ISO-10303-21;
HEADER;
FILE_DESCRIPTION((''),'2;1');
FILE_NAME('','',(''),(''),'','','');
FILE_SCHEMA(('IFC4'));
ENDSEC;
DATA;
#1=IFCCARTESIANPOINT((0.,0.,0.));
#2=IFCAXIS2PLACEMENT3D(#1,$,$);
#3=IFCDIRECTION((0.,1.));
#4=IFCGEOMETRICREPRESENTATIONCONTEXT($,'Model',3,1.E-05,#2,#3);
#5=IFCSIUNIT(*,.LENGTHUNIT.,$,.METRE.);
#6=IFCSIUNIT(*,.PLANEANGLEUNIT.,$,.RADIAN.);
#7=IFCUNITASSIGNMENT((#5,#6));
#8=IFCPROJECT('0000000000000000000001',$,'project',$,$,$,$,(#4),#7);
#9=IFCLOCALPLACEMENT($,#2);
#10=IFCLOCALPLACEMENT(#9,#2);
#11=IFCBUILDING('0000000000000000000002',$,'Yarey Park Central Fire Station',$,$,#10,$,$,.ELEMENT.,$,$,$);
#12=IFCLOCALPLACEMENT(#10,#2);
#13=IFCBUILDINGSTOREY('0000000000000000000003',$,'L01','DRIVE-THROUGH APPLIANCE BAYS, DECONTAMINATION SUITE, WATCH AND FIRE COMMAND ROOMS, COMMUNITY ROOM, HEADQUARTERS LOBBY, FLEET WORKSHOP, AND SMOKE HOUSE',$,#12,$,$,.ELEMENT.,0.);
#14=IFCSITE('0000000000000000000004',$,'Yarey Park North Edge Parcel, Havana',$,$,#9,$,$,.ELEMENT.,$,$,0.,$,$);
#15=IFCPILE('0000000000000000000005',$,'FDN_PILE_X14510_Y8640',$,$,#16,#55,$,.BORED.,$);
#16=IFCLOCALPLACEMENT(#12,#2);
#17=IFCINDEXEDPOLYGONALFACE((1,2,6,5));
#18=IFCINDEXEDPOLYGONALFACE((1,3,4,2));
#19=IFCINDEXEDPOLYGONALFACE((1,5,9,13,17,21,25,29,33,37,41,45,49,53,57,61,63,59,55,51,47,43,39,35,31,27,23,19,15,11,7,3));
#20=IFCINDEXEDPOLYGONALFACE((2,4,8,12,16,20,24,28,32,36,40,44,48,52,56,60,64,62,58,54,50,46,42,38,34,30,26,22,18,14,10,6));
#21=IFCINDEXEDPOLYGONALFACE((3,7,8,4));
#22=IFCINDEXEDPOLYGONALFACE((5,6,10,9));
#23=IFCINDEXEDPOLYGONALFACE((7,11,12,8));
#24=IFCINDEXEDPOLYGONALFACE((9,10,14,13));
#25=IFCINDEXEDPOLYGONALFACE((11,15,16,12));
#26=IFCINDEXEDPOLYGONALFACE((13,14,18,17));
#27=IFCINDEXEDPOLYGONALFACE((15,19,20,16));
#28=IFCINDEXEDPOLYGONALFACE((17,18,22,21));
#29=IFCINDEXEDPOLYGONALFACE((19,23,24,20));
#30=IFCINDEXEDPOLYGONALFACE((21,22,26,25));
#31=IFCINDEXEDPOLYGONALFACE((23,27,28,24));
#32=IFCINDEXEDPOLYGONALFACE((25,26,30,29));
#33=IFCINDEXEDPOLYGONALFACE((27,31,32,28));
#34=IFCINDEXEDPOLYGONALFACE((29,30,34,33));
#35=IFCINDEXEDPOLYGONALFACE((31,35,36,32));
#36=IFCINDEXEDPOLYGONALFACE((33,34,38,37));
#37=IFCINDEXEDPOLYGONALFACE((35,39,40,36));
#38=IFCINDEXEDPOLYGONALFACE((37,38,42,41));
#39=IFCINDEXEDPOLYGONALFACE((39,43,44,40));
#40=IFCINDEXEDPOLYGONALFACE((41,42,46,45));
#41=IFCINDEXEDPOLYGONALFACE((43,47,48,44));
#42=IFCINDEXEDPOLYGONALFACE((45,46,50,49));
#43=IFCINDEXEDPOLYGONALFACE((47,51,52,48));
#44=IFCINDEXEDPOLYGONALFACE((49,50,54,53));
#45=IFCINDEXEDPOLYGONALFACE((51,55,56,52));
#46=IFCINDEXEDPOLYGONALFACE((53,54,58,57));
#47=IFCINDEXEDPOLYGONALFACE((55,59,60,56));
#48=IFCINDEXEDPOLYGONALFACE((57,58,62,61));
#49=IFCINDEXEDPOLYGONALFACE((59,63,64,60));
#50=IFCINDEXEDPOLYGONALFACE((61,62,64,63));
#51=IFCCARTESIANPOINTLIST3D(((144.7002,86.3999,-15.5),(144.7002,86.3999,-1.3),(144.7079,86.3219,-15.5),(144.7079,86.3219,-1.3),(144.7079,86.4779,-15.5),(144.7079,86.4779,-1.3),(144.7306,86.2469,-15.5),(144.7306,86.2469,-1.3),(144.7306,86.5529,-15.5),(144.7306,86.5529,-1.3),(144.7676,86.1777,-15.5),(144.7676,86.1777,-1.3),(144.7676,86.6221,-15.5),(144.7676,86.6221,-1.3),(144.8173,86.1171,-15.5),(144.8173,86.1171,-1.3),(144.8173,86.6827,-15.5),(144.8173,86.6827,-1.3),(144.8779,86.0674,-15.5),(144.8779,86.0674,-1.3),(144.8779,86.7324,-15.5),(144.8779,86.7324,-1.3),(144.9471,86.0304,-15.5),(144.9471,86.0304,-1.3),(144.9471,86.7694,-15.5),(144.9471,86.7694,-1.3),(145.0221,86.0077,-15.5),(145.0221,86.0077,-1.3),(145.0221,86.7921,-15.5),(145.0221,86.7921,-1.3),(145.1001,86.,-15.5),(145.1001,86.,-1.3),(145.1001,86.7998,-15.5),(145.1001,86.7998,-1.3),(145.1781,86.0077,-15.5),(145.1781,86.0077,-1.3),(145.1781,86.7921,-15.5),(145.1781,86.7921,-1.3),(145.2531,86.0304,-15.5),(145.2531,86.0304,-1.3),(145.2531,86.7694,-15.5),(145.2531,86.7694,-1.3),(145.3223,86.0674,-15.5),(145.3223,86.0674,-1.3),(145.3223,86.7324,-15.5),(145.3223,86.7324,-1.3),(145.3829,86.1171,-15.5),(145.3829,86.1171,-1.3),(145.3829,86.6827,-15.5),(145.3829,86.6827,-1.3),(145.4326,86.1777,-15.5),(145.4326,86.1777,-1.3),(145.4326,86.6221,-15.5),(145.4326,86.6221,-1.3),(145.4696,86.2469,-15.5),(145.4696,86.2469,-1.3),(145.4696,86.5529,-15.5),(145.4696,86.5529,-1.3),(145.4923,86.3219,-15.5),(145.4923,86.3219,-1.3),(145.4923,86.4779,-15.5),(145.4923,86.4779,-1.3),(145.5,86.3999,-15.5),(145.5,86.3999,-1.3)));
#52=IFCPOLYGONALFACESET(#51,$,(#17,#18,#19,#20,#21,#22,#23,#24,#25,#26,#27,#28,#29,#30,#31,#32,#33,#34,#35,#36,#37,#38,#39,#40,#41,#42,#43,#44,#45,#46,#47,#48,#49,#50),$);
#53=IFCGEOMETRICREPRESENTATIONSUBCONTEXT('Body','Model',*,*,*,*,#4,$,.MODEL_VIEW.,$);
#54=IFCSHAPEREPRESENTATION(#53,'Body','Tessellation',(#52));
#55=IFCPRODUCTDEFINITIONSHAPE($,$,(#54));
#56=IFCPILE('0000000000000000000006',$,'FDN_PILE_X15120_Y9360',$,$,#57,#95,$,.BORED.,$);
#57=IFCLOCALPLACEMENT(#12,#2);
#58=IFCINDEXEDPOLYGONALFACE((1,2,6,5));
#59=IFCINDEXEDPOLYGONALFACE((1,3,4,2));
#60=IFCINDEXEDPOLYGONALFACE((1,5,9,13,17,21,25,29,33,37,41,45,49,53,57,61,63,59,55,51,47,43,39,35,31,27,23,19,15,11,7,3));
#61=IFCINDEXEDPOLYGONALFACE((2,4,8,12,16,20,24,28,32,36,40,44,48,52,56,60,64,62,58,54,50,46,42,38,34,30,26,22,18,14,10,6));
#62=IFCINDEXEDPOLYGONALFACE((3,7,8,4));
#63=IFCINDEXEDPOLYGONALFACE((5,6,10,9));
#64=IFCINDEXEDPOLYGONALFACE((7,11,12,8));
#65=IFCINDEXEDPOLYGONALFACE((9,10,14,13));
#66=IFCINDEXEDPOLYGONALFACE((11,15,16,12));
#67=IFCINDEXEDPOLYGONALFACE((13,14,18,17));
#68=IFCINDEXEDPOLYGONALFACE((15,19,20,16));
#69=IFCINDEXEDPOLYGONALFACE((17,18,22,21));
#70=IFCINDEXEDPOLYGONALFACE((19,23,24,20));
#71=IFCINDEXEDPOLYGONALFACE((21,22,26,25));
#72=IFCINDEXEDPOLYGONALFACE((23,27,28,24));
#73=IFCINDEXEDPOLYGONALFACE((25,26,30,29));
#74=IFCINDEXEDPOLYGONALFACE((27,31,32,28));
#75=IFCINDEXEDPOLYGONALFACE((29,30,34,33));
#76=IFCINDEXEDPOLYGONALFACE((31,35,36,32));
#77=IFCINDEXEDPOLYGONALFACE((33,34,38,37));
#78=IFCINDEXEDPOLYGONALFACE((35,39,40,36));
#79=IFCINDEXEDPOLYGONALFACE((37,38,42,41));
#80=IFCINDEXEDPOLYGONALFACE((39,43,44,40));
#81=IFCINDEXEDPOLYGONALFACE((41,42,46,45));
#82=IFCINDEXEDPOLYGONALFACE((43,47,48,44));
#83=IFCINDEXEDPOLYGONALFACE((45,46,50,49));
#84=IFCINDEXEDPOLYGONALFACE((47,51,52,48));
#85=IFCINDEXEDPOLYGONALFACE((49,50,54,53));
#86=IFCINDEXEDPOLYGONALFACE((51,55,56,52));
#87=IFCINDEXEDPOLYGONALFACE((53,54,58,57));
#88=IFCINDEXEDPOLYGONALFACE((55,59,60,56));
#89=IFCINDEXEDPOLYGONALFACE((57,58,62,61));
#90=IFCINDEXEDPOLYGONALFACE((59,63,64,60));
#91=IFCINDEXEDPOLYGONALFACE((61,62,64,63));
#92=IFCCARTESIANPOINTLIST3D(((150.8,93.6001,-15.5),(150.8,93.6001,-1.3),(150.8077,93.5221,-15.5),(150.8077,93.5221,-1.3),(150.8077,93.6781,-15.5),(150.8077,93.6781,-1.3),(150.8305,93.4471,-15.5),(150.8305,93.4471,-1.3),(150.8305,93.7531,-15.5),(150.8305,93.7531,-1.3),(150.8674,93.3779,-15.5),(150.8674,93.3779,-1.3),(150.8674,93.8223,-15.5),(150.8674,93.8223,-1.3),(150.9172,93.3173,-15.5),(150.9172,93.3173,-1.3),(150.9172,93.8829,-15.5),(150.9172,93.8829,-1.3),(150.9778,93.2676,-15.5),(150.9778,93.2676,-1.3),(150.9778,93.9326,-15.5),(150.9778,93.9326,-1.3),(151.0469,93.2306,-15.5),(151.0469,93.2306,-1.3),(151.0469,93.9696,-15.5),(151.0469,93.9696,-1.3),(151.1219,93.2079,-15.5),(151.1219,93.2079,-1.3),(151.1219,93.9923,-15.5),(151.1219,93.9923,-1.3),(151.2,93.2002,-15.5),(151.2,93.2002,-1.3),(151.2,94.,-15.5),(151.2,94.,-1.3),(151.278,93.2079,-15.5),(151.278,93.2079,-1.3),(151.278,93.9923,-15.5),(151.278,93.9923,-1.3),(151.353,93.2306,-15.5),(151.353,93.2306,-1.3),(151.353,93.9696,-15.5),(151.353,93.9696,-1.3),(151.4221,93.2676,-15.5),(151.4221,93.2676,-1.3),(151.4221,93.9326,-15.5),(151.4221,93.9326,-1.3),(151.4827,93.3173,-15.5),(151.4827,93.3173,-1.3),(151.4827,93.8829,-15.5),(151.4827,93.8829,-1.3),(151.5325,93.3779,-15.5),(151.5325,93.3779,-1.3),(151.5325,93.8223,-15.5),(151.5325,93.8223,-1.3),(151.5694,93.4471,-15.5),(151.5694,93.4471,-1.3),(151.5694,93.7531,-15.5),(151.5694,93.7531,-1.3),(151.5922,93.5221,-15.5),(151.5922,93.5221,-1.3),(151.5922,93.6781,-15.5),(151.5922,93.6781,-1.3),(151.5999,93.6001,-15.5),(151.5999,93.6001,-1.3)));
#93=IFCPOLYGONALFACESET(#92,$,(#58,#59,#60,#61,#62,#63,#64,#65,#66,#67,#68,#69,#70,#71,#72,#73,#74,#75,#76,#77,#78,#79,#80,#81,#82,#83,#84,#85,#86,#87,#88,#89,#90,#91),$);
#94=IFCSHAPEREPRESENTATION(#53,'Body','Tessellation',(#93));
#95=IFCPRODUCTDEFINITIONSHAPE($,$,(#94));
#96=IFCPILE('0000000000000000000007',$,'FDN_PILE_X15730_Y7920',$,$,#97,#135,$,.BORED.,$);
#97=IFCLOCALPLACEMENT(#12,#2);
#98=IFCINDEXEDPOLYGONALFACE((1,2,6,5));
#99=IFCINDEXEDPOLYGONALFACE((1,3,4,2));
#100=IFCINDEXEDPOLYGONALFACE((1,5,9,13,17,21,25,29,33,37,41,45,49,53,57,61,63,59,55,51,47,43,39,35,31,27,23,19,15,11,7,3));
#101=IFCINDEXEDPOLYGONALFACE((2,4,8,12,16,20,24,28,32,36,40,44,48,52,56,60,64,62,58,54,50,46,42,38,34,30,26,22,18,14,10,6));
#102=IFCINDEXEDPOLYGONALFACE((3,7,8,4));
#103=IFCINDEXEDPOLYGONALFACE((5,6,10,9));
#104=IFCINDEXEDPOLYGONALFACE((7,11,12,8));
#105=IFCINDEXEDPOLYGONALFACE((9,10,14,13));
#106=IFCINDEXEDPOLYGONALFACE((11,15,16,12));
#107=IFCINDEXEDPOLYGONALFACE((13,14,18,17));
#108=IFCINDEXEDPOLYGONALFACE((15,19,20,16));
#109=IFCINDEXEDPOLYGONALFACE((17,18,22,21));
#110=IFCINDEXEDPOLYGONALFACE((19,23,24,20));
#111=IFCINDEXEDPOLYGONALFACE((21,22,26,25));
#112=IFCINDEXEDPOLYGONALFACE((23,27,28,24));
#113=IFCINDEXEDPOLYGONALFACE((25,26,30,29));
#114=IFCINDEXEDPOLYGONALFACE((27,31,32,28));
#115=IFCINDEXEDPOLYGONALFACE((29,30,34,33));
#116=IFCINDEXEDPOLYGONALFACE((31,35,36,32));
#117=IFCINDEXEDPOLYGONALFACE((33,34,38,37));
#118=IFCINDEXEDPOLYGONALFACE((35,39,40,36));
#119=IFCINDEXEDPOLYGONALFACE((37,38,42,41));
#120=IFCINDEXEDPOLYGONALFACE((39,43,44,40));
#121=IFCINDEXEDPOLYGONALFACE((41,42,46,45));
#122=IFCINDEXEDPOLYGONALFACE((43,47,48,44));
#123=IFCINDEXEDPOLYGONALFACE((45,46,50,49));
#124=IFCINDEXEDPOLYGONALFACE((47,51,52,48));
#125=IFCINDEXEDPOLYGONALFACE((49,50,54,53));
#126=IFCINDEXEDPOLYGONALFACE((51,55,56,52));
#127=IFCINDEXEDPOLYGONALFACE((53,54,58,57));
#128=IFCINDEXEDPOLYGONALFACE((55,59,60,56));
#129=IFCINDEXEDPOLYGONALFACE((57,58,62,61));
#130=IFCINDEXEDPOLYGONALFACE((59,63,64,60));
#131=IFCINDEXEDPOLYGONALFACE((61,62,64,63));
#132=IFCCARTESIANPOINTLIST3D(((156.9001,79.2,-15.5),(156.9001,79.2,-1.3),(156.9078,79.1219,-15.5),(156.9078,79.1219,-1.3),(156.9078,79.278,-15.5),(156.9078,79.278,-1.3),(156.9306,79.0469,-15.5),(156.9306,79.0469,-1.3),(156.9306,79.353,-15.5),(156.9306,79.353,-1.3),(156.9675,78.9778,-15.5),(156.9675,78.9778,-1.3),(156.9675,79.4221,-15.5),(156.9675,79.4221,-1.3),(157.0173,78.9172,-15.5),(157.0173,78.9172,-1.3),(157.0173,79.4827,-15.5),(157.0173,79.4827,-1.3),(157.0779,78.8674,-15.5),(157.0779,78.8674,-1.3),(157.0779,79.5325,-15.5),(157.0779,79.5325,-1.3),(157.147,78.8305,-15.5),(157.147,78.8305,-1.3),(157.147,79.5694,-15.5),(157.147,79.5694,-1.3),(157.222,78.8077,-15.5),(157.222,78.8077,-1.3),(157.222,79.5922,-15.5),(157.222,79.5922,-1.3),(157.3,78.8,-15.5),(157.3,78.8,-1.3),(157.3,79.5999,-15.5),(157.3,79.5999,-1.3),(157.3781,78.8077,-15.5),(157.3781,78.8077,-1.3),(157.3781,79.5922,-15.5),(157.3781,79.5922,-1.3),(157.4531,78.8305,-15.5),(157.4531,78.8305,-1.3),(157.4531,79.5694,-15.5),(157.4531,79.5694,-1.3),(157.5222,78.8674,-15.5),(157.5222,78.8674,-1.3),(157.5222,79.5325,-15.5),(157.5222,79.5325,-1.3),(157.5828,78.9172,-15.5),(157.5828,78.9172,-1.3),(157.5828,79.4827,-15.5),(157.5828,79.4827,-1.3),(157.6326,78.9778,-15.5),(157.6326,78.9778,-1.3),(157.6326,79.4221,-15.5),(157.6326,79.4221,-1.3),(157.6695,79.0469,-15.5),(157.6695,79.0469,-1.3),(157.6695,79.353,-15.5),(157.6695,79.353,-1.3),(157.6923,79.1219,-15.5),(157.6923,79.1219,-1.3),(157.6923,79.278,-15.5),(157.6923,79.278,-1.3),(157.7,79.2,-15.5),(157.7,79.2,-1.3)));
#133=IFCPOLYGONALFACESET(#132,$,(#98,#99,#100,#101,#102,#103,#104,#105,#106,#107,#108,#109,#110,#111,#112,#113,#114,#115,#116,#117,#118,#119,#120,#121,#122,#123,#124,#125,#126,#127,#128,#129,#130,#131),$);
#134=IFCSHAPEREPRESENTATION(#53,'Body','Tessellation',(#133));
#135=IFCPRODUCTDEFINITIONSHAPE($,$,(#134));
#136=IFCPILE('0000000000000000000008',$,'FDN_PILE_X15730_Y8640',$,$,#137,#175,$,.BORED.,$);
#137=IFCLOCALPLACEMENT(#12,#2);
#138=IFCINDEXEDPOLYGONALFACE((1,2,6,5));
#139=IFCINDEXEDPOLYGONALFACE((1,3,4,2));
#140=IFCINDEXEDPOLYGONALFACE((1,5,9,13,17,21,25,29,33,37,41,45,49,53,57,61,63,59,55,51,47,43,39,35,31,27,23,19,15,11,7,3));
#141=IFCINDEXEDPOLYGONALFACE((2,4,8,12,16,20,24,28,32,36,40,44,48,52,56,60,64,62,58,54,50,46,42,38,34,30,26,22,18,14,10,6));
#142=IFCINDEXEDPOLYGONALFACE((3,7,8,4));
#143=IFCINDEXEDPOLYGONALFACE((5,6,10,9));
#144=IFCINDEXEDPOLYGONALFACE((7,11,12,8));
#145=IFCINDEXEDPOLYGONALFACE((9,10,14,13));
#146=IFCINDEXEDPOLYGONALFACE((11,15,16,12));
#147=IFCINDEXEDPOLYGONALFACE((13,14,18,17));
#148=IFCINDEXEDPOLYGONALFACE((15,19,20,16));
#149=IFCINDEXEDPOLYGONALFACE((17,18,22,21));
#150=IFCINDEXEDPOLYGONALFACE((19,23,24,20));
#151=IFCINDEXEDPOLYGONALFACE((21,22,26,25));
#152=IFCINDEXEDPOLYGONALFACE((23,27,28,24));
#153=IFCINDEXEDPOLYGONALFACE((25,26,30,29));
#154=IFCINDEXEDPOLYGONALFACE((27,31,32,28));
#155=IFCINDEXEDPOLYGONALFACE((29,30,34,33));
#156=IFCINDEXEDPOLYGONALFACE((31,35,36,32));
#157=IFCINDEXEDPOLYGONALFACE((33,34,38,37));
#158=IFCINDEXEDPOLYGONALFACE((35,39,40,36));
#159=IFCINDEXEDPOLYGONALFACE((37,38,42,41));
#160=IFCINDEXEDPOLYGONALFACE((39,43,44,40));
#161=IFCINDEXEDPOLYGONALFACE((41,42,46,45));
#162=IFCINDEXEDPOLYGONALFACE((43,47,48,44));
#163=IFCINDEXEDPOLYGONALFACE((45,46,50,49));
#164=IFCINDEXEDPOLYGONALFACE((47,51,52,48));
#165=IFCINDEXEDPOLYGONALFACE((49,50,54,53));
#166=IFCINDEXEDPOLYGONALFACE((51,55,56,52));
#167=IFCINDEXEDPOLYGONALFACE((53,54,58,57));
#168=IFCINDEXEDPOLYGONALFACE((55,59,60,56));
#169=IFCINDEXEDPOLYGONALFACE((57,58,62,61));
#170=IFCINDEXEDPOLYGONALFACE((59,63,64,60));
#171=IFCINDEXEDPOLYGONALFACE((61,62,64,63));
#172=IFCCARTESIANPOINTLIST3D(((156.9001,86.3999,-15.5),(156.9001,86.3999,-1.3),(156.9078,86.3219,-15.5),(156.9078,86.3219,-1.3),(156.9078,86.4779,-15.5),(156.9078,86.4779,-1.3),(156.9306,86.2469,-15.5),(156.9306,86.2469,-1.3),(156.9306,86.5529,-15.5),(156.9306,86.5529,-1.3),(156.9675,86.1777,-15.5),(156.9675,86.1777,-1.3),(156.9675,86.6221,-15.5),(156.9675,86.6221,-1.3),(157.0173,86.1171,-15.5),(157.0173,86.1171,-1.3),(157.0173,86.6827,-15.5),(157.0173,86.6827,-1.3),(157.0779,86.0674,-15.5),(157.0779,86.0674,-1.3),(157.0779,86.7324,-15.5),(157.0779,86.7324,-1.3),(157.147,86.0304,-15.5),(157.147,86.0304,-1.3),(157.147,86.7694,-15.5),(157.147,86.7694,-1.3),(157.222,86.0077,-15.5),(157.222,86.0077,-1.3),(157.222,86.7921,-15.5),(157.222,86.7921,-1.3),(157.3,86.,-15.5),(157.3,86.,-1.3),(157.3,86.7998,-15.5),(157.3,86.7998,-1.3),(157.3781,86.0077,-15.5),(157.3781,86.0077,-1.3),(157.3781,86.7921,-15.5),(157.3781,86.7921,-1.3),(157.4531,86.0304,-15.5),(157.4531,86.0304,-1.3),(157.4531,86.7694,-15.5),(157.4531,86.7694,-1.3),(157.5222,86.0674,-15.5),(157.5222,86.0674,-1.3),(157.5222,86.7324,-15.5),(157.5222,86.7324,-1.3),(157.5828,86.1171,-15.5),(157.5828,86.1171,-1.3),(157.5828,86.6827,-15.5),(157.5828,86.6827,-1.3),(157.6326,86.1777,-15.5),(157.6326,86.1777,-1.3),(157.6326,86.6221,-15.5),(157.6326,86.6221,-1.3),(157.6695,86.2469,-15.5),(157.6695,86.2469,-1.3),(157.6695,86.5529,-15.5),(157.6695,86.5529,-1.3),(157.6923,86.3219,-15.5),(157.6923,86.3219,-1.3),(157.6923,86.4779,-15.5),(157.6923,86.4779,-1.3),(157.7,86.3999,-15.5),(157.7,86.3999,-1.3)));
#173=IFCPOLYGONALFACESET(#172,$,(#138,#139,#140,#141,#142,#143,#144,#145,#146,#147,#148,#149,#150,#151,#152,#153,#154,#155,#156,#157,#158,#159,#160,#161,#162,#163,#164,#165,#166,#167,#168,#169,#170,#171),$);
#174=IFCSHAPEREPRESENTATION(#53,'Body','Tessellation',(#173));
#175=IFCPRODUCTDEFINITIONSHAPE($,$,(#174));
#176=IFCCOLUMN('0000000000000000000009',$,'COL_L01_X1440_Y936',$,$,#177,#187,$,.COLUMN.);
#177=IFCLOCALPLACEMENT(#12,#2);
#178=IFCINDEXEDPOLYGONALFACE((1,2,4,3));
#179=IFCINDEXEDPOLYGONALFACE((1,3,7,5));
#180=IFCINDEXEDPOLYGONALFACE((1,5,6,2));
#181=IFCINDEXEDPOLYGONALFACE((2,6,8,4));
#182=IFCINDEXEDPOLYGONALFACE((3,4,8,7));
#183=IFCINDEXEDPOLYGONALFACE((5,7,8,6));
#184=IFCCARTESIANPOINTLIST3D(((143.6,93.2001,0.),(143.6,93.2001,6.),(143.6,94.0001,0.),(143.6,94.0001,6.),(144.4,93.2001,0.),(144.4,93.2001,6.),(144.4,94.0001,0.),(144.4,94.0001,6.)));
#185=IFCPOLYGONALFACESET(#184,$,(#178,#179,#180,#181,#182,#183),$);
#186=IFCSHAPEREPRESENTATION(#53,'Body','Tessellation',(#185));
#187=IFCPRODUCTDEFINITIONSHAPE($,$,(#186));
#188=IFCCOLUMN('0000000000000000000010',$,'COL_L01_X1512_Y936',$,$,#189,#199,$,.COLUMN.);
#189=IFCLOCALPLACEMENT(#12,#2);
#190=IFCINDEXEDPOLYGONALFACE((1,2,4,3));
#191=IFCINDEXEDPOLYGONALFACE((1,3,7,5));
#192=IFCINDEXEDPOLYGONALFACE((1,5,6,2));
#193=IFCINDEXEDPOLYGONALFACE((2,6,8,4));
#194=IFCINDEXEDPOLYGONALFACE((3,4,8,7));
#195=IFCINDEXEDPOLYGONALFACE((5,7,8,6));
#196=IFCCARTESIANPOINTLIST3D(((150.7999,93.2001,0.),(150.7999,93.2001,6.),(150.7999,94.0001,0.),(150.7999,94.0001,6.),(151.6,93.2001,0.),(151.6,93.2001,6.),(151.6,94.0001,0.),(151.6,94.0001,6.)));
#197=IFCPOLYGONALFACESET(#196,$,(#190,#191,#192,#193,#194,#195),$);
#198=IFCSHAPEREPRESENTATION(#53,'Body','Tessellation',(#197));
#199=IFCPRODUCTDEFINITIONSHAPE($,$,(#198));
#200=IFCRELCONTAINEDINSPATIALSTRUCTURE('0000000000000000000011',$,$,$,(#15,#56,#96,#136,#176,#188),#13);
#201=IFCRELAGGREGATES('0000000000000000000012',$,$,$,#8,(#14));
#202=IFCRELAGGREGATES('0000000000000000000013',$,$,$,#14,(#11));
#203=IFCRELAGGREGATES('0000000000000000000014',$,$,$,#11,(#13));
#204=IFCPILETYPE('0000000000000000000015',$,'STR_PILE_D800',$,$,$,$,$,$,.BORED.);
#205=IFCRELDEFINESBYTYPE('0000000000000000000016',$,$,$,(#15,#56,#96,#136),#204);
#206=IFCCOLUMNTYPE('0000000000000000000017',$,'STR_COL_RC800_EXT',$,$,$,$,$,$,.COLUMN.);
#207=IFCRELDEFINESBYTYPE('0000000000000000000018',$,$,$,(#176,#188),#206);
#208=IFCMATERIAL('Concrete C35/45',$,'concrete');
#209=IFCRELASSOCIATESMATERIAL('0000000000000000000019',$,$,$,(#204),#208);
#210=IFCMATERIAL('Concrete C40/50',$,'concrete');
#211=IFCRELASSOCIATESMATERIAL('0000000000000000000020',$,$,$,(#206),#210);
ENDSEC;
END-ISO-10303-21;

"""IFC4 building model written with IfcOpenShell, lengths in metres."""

from ifc_helpers import new_model, si_unit, direction, frame, origin, origin_2d, place, context, subcontext, project, spatial, rectangle, circle, extrude, material, material_profile, profile_set, type_object, element, save


model = new_model("IFC4")

# Units and contexts
model_context = context("Model", 3, precision=1e-05, world=origin(), true_north=direction((0.0, 1.0)))
body_context = subcontext(model_context, "Body", "Model", "MODEL_VIEW")
ifc_project = project(units=[si_unit("LENGTHUNIT", "METRE"), si_unit("PLANEANGLEUNIT", "RADIAN")], contexts=[model_context])

# Site, building, storey
site_placement = place(None, origin())
site = spatial("IfcSite", under=ifc_project, at=site_placement, Name="Yarey Park North Edge Parcel, Havana", CompositionType="ELEMENT", RefElevation=0.0)
building_placement = place(site_placement, origin())
building = spatial("IfcBuilding", under=site, at=building_placement, Name="Yarey Park Central Fire Station", CompositionType="ELEMENT")
storey_placement = place(building_placement, origin())
storey = spatial("IfcBuildingStorey", under=building, at=storey_placement, Name="L01", Description="DRIVE-THROUGH APPLIANCE BAYS, DECONTAMINATION SUITE, WATCH AND FIRE COMMAND ROOMS, COMMUNITY ROOM, HEADQUARTERS LOBBY, FLEET WORKSHOP, AND SMOKE HOUSE", CompositionType="ELEMENT", Elevation=0.0)

# Shared definitions
ifc_material_1 = material(Name="Concrete C35/45", Category="concrete")

# Piles
ifc_material_profile_1 = material_profile(ifc_material_1, circle(Radius=0.3999, at=origin_2d()), Name="BORED PILE D800")
ifc_profile_set_1 = profile_set([ifc_material_profile_1], Name="Concrete C35/45")
pile_type_1 = type_object("IfcPileType", Name="STR_PILE_D800", PredefinedType="BORED", material=ifc_profile_set_1)
for number, where, z_axis, x_axis, name in (
    (1, (145.1001, 86.3999, -1.3), (0.0, 0.0, -1.0), (1.0, 0.0, 0.0), "FDN_PILE_X14510_Y8640"),
    (2, (151.2, 93.6001, -1.3), (0.0, 0.0, -1.0), (1.0, 0.0, 0.0), "FDN_PILE_X15120_Y9360"),
    (3, (157.3, 79.2, -1.3), (0.0, 0.0, -1.0), (1.0, 0.0, 0.0), "FDN_PILE_X15730_Y7920"),
    (4, (157.3, 86.3999, -1.3), (0.0, 0.0, -1.0), (1.0, 0.0, 0.0), "FDN_PILE_X15730_Y8640"),
):
    element("IfcPile", number, at=place(storey_placement, frame(where, z_axis=z_axis, x_axis=x_axis)), inside=storey, type_object=pile_type_1, Name=name, PredefinedType="BORED", context=body_context, shape_type="SweptSolid", body=[
        extrude(circle(Radius=0.3999, at=origin_2d()), origin(), (0.0, 0.0, 1.0), 14.2),
    ])

# Columns
ifc_material_2 = material(Name="Concrete C40/50", Category="concrete")
ifc_material_profile_2 = material_profile(ifc_material_2, rectangle(XDim=0.8, YDim=0.8, at=origin_2d()), Name="RC 800x800")
ifc_profile_set_2 = profile_set([ifc_material_profile_2], Name="Concrete C40/50")
column_type_1 = type_object("IfcColumnType", Name="STR_COL_RC800_EXT", PredefinedType="COLUMN", material=ifc_profile_set_2)
for number, where, z_axis, x_axis, name in (
    (5, (144.0, 93.6001, 0.0), (0.0, 0.0, 1.0), (1.0, 0.0, 0.0), "COL_L01_X1440_Y936"),
    (6, (151.2, 93.6001, 0.0), (0.0, 0.0, 1.0), (1.0, 0.0, 0.0), "COL_L01_X1512_Y936"),
):
    element("IfcColumn", number, at=place(storey_placement, frame(where, z_axis=z_axis, x_axis=x_axis)), inside=storey, type_object=column_type_1, Name=name, PredefinedType="COLUMN", context=body_context, shape_type="SweptSolid", body=[
        extrude(rectangle(XDim=0.8, YDim=0.8, at=origin_2d()), origin(), (0.0, 0.0, 1.0), 6.0),
    ])

save(model, "model.ifc")
